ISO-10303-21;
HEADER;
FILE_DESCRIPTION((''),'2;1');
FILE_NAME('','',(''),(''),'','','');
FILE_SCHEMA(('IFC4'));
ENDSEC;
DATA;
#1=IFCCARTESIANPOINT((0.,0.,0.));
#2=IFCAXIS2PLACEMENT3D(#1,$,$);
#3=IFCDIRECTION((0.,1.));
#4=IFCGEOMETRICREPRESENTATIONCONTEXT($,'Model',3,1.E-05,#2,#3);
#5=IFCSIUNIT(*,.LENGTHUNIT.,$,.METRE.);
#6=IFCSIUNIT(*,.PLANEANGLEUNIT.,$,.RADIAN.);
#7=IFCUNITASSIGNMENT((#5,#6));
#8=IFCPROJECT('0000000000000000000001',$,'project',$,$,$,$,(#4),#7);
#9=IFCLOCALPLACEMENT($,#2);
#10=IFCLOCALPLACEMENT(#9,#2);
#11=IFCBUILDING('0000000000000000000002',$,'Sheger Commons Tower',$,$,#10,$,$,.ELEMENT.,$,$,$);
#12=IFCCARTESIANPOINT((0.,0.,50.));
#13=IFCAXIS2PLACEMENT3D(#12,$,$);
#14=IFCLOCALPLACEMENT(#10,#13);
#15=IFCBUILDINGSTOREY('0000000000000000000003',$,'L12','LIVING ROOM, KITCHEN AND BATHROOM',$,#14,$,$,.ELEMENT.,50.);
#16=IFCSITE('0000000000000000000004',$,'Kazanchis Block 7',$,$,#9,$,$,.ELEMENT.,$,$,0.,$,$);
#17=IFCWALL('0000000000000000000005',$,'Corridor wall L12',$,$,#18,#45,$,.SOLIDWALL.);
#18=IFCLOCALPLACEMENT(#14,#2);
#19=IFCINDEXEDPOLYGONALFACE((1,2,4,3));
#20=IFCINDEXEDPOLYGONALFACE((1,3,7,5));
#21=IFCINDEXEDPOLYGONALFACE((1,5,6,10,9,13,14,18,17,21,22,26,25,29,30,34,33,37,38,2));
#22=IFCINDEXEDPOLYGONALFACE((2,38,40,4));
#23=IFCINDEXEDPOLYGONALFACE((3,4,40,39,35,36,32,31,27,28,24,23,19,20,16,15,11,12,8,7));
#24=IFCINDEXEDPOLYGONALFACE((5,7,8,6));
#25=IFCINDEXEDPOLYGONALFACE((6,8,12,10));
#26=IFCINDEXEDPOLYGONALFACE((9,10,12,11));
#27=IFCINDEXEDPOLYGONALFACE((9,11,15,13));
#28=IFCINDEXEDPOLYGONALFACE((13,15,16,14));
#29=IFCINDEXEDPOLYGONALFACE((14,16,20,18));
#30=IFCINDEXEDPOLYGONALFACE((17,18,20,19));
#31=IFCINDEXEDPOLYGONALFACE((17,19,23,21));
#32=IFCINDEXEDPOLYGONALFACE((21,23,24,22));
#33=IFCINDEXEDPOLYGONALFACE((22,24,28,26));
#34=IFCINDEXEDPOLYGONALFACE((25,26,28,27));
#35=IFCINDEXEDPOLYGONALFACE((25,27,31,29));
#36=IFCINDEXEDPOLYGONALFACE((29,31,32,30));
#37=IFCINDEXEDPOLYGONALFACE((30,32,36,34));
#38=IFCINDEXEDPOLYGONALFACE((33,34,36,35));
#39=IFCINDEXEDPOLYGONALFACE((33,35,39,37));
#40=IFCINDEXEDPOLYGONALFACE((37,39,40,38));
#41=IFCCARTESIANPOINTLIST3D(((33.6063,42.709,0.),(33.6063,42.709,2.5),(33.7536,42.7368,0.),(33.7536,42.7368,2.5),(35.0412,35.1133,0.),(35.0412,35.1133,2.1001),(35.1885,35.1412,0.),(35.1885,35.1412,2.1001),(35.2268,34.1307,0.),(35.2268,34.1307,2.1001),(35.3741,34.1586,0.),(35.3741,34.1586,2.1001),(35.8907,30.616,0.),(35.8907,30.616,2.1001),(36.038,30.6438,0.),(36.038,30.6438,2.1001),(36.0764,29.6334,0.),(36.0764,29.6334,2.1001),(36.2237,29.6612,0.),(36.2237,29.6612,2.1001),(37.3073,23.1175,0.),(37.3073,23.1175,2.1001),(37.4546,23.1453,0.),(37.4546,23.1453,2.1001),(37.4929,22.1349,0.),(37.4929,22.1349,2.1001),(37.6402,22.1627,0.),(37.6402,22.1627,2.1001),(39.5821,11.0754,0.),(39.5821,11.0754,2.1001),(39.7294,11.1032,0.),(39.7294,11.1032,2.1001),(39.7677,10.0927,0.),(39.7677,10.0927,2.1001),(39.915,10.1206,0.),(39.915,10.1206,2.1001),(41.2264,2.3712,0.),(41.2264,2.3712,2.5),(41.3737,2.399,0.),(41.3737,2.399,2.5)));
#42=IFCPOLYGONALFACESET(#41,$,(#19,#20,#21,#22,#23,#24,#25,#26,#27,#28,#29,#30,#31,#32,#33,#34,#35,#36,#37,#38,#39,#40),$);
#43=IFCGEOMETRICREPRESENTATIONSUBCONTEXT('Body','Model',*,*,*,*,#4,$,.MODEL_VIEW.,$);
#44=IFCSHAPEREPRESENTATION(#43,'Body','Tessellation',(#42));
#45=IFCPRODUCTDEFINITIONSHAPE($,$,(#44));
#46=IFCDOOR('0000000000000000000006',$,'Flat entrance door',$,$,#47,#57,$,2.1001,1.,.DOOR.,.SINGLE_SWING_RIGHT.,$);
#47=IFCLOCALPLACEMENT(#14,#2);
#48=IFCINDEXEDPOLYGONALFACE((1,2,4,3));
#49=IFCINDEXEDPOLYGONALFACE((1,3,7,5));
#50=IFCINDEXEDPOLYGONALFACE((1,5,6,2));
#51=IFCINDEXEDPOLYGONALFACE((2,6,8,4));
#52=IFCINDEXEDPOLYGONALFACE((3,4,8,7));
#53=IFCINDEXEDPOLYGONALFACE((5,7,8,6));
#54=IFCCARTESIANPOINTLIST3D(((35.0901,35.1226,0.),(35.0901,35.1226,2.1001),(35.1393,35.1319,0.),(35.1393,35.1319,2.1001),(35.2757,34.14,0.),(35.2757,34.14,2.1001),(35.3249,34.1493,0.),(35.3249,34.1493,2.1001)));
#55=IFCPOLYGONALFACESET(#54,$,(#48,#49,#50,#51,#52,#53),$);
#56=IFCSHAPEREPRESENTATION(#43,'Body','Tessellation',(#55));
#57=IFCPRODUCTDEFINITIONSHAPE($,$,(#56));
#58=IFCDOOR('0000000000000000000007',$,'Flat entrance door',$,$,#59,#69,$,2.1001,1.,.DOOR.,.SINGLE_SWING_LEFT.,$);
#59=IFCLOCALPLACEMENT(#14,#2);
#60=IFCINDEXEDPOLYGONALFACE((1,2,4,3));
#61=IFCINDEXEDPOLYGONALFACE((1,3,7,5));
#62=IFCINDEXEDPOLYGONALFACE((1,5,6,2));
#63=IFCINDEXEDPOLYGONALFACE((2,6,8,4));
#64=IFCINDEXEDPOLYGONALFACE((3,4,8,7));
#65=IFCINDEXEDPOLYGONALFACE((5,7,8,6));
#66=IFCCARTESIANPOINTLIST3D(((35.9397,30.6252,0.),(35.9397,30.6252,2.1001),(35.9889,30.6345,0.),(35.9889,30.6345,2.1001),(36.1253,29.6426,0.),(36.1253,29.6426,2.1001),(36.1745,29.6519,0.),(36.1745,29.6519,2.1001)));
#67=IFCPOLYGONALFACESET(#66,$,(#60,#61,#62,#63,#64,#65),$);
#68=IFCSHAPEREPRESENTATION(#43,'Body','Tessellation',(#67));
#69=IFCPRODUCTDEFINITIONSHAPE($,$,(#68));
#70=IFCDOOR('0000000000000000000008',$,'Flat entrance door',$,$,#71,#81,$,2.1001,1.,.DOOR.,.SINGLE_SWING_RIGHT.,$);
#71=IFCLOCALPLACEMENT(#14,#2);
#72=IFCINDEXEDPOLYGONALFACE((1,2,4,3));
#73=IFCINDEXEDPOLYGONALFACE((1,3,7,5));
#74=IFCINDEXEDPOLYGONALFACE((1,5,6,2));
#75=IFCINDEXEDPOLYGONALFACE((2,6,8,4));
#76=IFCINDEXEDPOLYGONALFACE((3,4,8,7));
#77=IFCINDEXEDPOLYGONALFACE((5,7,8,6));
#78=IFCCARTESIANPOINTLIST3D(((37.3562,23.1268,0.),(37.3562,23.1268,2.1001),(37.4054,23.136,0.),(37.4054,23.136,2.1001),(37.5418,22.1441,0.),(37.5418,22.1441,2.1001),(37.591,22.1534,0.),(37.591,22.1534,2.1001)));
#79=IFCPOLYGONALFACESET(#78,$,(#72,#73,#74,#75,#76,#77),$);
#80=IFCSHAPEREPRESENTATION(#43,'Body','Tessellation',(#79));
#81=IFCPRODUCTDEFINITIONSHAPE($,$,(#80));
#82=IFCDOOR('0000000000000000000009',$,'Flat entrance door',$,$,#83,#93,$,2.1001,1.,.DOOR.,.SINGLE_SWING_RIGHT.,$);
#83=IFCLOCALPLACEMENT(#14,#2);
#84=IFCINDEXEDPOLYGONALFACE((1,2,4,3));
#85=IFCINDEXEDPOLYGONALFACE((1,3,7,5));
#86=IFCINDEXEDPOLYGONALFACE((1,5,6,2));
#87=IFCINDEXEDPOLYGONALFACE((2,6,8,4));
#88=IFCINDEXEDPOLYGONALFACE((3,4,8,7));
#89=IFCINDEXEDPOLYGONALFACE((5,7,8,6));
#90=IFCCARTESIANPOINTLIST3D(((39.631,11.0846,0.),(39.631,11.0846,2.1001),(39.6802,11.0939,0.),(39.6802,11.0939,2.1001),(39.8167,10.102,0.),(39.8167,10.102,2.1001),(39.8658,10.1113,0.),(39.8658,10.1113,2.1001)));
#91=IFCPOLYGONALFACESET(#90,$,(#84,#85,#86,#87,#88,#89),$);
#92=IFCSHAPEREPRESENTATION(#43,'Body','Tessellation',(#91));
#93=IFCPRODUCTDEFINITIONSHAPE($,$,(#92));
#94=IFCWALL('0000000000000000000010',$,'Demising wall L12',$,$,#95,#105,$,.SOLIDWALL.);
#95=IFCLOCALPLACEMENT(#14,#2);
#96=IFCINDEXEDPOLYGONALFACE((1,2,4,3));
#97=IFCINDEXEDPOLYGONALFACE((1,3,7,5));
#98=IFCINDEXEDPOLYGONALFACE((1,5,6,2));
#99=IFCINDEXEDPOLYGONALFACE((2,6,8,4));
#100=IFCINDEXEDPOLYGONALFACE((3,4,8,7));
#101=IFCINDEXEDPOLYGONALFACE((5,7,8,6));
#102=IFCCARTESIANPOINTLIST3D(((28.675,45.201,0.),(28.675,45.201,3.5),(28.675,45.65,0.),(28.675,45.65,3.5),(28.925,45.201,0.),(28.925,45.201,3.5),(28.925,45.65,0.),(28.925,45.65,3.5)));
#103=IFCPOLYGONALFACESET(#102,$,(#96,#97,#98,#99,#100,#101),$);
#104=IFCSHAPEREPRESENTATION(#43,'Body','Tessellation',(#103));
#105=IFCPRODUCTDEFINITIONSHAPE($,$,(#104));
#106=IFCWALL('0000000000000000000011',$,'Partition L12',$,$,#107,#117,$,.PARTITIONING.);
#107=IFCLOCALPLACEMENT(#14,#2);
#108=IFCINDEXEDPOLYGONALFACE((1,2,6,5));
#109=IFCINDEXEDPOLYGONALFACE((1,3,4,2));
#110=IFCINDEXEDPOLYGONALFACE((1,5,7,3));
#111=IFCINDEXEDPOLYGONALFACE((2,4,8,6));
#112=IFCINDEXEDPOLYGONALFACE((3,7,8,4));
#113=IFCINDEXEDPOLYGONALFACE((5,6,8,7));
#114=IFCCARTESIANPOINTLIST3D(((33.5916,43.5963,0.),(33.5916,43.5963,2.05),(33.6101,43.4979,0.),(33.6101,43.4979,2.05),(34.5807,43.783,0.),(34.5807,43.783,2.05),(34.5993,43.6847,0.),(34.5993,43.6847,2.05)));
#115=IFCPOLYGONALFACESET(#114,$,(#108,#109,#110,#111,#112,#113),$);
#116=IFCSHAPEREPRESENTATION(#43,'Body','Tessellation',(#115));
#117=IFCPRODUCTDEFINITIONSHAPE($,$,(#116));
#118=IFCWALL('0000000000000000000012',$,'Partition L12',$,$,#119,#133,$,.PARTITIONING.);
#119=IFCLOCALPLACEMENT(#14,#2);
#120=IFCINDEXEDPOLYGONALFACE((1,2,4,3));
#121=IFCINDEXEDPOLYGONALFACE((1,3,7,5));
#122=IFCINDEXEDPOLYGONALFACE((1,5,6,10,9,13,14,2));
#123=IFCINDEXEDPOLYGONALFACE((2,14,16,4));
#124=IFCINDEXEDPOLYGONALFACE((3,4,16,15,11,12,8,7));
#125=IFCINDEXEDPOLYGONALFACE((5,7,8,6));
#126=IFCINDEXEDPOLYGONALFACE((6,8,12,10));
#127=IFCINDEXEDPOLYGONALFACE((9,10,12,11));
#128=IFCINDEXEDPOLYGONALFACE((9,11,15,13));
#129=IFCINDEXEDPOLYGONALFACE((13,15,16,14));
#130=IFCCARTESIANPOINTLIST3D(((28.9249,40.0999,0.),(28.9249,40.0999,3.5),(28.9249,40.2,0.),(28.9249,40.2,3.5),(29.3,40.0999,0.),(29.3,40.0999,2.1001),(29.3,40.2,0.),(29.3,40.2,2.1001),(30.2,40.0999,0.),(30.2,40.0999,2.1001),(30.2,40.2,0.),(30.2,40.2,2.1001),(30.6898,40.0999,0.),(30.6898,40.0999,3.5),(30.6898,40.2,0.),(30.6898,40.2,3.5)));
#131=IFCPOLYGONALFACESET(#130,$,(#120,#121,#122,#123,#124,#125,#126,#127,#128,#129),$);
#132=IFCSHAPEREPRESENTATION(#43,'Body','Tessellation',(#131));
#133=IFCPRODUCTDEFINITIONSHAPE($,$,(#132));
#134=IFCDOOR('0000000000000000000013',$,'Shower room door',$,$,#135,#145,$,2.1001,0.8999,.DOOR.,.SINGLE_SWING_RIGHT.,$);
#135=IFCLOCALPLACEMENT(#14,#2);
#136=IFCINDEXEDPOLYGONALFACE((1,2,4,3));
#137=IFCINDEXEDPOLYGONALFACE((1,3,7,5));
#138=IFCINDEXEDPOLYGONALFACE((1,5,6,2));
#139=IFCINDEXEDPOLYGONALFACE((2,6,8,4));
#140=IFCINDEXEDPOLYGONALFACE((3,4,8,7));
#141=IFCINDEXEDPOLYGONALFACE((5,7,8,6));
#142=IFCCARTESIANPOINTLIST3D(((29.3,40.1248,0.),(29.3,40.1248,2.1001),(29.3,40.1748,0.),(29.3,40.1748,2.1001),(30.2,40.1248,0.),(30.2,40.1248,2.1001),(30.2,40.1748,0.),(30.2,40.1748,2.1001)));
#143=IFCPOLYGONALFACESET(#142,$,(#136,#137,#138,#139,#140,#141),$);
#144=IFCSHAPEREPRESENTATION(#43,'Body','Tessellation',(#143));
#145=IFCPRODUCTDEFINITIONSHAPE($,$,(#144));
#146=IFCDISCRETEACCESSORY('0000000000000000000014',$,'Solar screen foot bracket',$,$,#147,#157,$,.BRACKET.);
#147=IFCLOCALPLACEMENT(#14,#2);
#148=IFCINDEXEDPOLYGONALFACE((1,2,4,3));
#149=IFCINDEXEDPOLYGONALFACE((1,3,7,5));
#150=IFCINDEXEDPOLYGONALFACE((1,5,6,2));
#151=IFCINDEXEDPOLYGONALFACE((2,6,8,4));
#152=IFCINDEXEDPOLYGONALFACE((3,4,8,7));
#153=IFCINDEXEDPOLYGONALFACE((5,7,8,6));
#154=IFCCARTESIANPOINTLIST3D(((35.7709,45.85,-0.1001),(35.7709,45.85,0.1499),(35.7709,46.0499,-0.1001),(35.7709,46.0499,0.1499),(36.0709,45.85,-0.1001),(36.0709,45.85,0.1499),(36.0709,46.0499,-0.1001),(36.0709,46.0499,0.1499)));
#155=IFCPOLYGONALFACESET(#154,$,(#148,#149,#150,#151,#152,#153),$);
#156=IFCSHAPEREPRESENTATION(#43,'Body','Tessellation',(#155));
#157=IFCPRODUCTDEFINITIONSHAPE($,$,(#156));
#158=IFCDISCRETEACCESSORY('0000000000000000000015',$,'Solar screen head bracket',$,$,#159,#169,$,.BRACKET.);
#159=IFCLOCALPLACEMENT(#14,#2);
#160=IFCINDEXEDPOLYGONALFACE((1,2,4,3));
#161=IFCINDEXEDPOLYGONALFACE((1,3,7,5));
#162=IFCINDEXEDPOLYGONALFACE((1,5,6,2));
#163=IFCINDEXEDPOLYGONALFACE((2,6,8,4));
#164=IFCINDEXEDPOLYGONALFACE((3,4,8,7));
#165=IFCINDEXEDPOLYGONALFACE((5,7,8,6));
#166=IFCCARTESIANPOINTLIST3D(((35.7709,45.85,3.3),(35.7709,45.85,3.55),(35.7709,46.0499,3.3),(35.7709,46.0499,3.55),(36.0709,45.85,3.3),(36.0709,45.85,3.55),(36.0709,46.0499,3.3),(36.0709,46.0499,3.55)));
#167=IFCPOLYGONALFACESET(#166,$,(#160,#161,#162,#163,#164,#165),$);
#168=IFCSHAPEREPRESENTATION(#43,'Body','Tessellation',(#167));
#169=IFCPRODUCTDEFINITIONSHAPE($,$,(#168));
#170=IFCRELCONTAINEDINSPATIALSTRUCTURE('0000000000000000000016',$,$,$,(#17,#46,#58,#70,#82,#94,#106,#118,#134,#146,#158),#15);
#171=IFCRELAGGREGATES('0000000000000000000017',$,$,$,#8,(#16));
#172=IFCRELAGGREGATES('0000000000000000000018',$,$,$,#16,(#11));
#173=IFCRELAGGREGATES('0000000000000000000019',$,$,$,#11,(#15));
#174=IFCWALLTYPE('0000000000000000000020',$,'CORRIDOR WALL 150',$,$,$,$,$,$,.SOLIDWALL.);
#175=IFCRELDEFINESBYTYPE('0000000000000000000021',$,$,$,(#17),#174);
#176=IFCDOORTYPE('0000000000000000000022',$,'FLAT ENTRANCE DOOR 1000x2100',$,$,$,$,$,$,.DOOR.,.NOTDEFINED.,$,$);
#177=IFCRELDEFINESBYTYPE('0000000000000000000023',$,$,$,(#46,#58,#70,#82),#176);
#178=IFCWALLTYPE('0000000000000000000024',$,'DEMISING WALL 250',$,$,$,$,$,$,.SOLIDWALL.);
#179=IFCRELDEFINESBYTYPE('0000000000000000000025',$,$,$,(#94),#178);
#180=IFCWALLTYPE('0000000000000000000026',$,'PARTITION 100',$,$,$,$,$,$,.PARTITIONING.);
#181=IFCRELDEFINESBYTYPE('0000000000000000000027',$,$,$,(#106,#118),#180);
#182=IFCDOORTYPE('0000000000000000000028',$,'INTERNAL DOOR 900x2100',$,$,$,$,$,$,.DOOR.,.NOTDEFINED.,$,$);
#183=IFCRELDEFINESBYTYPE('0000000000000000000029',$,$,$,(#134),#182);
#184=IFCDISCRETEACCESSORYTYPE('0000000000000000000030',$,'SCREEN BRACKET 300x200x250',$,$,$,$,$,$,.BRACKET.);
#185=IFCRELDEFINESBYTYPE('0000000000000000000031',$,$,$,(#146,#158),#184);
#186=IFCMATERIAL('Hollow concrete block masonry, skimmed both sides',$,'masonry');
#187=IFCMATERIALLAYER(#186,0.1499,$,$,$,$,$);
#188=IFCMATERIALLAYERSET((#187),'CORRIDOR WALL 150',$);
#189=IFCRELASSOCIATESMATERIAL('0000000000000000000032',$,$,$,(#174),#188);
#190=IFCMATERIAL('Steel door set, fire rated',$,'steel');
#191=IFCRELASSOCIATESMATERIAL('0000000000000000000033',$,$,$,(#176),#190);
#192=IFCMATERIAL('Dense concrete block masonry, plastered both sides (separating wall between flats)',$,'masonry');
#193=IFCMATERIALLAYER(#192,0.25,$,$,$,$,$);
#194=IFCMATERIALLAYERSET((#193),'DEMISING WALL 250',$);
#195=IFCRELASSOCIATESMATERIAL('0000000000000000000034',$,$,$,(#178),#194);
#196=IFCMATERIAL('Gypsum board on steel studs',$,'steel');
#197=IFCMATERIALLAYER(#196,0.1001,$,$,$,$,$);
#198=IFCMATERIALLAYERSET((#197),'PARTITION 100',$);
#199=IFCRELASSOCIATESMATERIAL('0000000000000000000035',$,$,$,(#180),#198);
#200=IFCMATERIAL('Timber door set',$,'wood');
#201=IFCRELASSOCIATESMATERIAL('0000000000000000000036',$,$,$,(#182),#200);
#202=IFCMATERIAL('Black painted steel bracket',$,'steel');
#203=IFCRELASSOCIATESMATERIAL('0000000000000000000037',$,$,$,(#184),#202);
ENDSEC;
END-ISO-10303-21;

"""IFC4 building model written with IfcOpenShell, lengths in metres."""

from ifc_helpers import new_model, si_unit, direction, frame, frame_2d, origin, origin_2d, place, context, subcontext, project, spatial, rectangle, extrude, material, layer, layer_set, type_object, element, fill, save


model = new_model("IFC4")

# Units and contexts
model_context = context("Model", 3, precision=1e-05, world=origin(), true_north=direction((0.0, 1.0)))
body_context = subcontext(model_context, "Body", "Model", "MODEL_VIEW")
ifc_project = project(units=[si_unit("LENGTHUNIT", "METRE"), si_unit("PLANEANGLEUNIT", "RADIAN")], contexts=[model_context])

# Site, building, storey
site_placement = place(None, origin())
site = spatial("IfcSite", under=ifc_project, at=site_placement, Name="Kazanchis Block 7", CompositionType="ELEMENT", RefElevation=0.0)
building_placement = place(site_placement, origin())
building = spatial("IfcBuilding", under=site, at=building_placement, Name="Sheger Commons Tower", CompositionType="ELEMENT")
storey_placement = place(building_placement, frame((0.0, 0.0, 50.0)))
storey = spatial("IfcBuildingStorey", under=building, at=storey_placement, Name="L12", Description="LIVING ROOM, KITCHEN AND BATHROOM", CompositionType="ELEMENT", Elevation=50.0)

# Shared definitions
ifc_material_1 = material(Name="Hollow concrete block masonry, skimmed both sides", Category="masonry")
ifc_layer_1 = layer(ifc_material_1, 0.1499)
ifc_layer_set_1 = layer_set([ifc_layer_1], Name="CORRIDOR WALL 150")
wall_type_1 = type_object("IfcWallType", Name="CORRIDOR WALL 150", PredefinedType="SOLIDWALL", material=ifc_layer_set_1)

# Wall, openings, doors
wall_1_placement = place(storey_placement, frame((33.6799, 42.7229, 0.0), z_axis=(0.0, 0.0, 1.0), x_axis=(0.185624, -0.982621, 0.0)))
wall_1 = element("IfcWall", 1, at=wall_1_placement, inside=storey, type_object=wall_type_1, Name="Corridor wall L12", PredefinedType="SOLIDWALL", context=body_context, shape_type="SweptSolid", body=[
    extrude(rectangle(XDim=41.0513, YDim=0.1499, at=frame_2d((20.5256, 0.0))), origin(), (0.0, 0.0, 1.0), 2.5),
])
opening_1_placement = place(wall_1_placement, frame((7.73, 0.0, 0.0)))
opening_1 = element("IfcOpeningElement", 2, at=opening_1_placement, cuts=wall_1, PredefinedType="OPENING", context=body_context, shape_type="SweptSolid", body=[
    extrude(rectangle(XDim=1.0, YDim=2.1001, at=frame_2d((0.5, 1.05))), frame((0.0, 0.085, 0.0), z_axis=(0.0, -1.0, 0.0), x_axis=(1.0, 0.0, 0.0)), (0.0, 0.0, 1.0), 0.1699),
])
opening_2_placement = place(wall_1_placement, frame((12.3069, 0.0, 0.0)))
opening_2 = element("IfcOpeningElement", 3, at=opening_2_placement, cuts=wall_1, PredefinedType="OPENING", context=body_context, shape_type="SweptSolid", body=[
    extrude(rectangle(XDim=1.0, YDim=2.1001, at=frame_2d((0.5, 1.05))), frame((0.0, 0.085, 0.0), z_axis=(0.0, -1.0, 0.0), x_axis=(1.0, 0.0, 0.0)), (0.0, 0.0, 1.0), 0.1699),
])
opening_3_placement = place(wall_1_placement, frame((19.938, 0.0, 0.0)))
opening_3 = element("IfcOpeningElement", 4, at=opening_3_placement, cuts=wall_1, PredefinedType="OPENING", context=body_context, shape_type="SweptSolid", body=[
    extrude(rectangle(XDim=1.0, YDim=2.1001, at=frame_2d((0.5, 1.05))), frame((0.0, 0.085, 0.0), z_axis=(0.0, -1.0, 0.0), x_axis=(1.0, 0.0, 0.0)), (0.0, 0.0, 1.0), 0.1699),
])
opening_4_placement = place(wall_1_placement, frame((32.1931, 0.0, 0.0)))
opening_4 = element("IfcOpeningElement", 5, at=opening_4_placement, cuts=wall_1, PredefinedType="OPENING", context=body_context, shape_type="SweptSolid", body=[
    extrude(rectangle(XDim=1.0, YDim=2.1001, at=frame_2d((0.5, 1.05))), frame((0.0, 0.085, 0.0), z_axis=(0.0, -1.0, 0.0), x_axis=(1.0, 0.0, 0.0)), (0.0, 0.0, 1.0), 0.1699),
])
ifc_material_2 = material(Name="Steel door set, fire rated", Category="steel")
door_type_1 = type_object("IfcDoorType", Name="FLAT ENTRANCE DOOR 1000x2100", OperationType="NOTDEFINED", PredefinedType="DOOR", material=ifc_material_2)
door_1_placement = place(opening_1_placement, origin())
door_1 = element("IfcDoor", 6, at=door_1_placement, inside=storey, type_object=door_type_1, Name="Flat entrance door", OperationType="SINGLE_SWING_RIGHT", OverallHeight=2.1001, OverallWidth=1.0, PredefinedType="DOOR", context=body_context, shape_type="SweptSolid", body=[
    extrude(rectangle(XDim=1.0, YDim=2.1001, at=frame_2d((0.5, 1.05))), frame((0.0, 0.0249, 0.0), z_axis=(0.0, -1.0, 0.0), x_axis=(1.0, 0.0, 0.0)), (0.0, 0.0, 1.0), 0.05),
])
fill(opening_1, door_1)
door_2_placement = place(opening_2_placement, origin())
door_2 = element("IfcDoor", 7, at=door_2_placement, inside=storey, type_object=door_type_1, Name="Flat entrance door", OperationType="SINGLE_SWING_LEFT", OverallHeight=2.1001, OverallWidth=1.0, PredefinedType="DOOR", context=body_context, shape_type="SweptSolid", body=[
    extrude(rectangle(XDim=1.0, YDim=2.1001, at=frame_2d((0.5, 1.05))), frame((0.0, 0.0249, 0.0), z_axis=(0.0, -1.0, 0.0), x_axis=(1.0, 0.0, 0.0)), (0.0, 0.0, 1.0), 0.05),
])
fill(opening_2, door_2)
door_3_placement = place(opening_3_placement, origin())
door_3 = element("IfcDoor", 8, at=door_3_placement, inside=storey, type_object=door_type_1, Name="Flat entrance door", OperationType="SINGLE_SWING_RIGHT", OverallHeight=2.1001, OverallWidth=1.0, PredefinedType="DOOR", context=body_context, shape_type="SweptSolid", body=[
    extrude(rectangle(XDim=1.0, YDim=2.1001, at=frame_2d((0.5, 1.05))), frame((0.0, 0.0249, 0.0), z_axis=(0.0, -1.0, 0.0), x_axis=(1.0, 0.0, 0.0)), (0.0, 0.0, 1.0), 0.05),
])
fill(opening_3, door_3)
door_4_placement = place(opening_4_placement, origin())
door_4 = element("IfcDoor", 9, at=door_4_placement, inside=storey, type_object=door_type_1, Name="Flat entrance door", OperationType="SINGLE_SWING_RIGHT", OverallHeight=2.1001, OverallWidth=1.0, PredefinedType="DOOR", context=body_context, shape_type="SweptSolid", body=[
    extrude(rectangle(XDim=1.0, YDim=2.1001, at=frame_2d((0.5, 1.05))), frame((0.0, 0.0249, 0.0), z_axis=(0.0, -1.0, 0.0), x_axis=(1.0, 0.0, 0.0)), (0.0, 0.0, 1.0), 0.05),
])
fill(opening_4, door_4)

# Walls
ifc_material_3 = material(Name="Dense concrete block masonry, plastered both sides (separating wall between flats)", Category="masonry")
ifc_layer_2 = layer(ifc_material_3, 0.25)
ifc_layer_set_2 = layer_set([ifc_layer_2], Name="DEMISING WALL 250")
wall_type_2 = type_object("IfcWallType", Name="DEMISING WALL 250", PredefinedType="SOLIDWALL", material=ifc_layer_set_2)
wall_2_placement = place(storey_placement, frame((28.8, 45.2009, 0.0), z_axis=(0.0, 0.0, 1.0), x_axis=(0.0, 1.0, 0.0)))
element("IfcWall", 10, at=wall_2_placement, inside=storey, type_object=wall_type_2, Name="Demising wall L12", PredefinedType="SOLIDWALL", context=body_context, shape_type="SweptSolid", body=[
    extrude(rectangle(XDim=0.449, YDim=0.25, at=frame_2d((0.2246, 0.0))), origin(), (0.0, 0.0, 1.0), 3.5),
])
ifc_material_4 = material(Name="Gypsum board on steel studs", Category="steel")
ifc_layer_3 = layer(ifc_material_4, 0.1001)
ifc_layer_set_3 = layer_set([ifc_layer_3], Name="PARTITION 100")
wall_type_3 = type_object("IfcWallType", Name="PARTITION 100", PredefinedType="PARTITIONING", material=ifc_layer_set_3)
wall_3_placement = place(storey_placement, frame((34.5901, 43.7339, 0.0), z_axis=(0.0, 0.0, 1.0), x_axis=(-0.982632, -0.185563, 0.0)))
element("IfcWall", 11, at=wall_3_placement, inside=storey, type_object=wall_type_3, Name="Partition L12", PredefinedType="PARTITIONING", context=body_context, shape_type="SweptSolid", body=[
    extrude(rectangle(XDim=1.0066, YDim=0.1001, at=frame_2d((0.5034, 0.0))), origin(), (0.0, 0.0, 1.0), 2.05),
])

# Wall, opening, door
wall_4_placement = place(storey_placement, frame((28.925, 40.1499, 0.0), z_axis=(0.0, 0.0, 1.0), x_axis=(1.0, 0.0, 0.0)))
wall_4 = element("IfcWall", 12, at=wall_4_placement, inside=storey, type_object=wall_type_3, Name="Partition L12", PredefinedType="PARTITIONING", context=body_context, shape_type="SweptSolid", body=[
    extrude(rectangle(XDim=1.7649, YDim=0.1001, at=frame_2d((0.8823, 0.0))), origin(), (0.0, 0.0, 1.0), 3.5),
])
opening_5_placement = place(wall_4_placement, frame((0.375, 0.0, 0.0)))
opening_5 = element("IfcOpeningElement", 13, at=opening_5_placement, cuts=wall_4, PredefinedType="OPENING", context=body_context, shape_type="SweptSolid", body=[
    extrude(rectangle(XDim=0.8999, YDim=2.1001, at=frame_2d((0.45, 1.05))), frame((0.0, 0.0601, 0.0), z_axis=(0.0, -1.0, 0.0), x_axis=(1.0, 0.0, 0.0)), (0.0, 0.0, 1.0), 0.1201),
])
ifc_material_5 = material(Name="Timber door set", Category="wood")
door_type_2 = type_object("IfcDoorType", Name="INTERNAL DOOR 900x2100", OperationType="NOTDEFINED", PredefinedType="DOOR", material=ifc_material_5)
door_5_placement = place(opening_5_placement, origin())
door_5 = element("IfcDoor", 14, at=door_5_placement, inside=storey, type_object=door_type_2, Name="Shower room door", OperationType="SINGLE_SWING_RIGHT", OverallHeight=2.1001, OverallWidth=0.8999, PredefinedType="DOOR", context=body_context, shape_type="SweptSolid", body=[
    extrude(rectangle(XDim=0.8999, YDim=2.1001, at=frame_2d((0.45, 1.05))), frame((0.0, 0.0249, 0.0), z_axis=(0.0, -1.0, 0.0), x_axis=(1.0, 0.0, 0.0)), (0.0, 0.0, 1.0), 0.05),
])
fill(opening_5, door_5)

# Discrete accessories
ifc_material_6 = material(Name="Black painted steel bracket", Category="steel")
discrete_accessory_type = type_object("IfcDiscreteAccessoryType", Name="SCREEN BRACKET 300x200x250", PredefinedType="BRACKET", material=ifc_material_6)
for number, where, z_axis, x_axis, name in (
    (15, (35.9209, 45.95, -0.1001), (0.0, 0.0, 1.0), (-1.0, 0.0, 0.0), "Solar screen foot bracket"),
    (16, (35.9209, 45.95, 3.3), (0.0, 0.0, 1.0), (-1.0, 0.0, 0.0), "Solar screen head bracket"),
):
    element("IfcDiscreteAccessory", number, at=place(storey_placement, frame(where, z_axis=z_axis, x_axis=x_axis)), inside=storey, type_object=discrete_accessory_type, Name=name, PredefinedType="BRACKET", context=body_context, shape_type="SweptSolid", body=[
        extrude(rectangle(XDim=0.3, YDim=0.2, at=origin_2d()), origin(), (0.0, 0.0, 1.0), 0.25),
    ])

save(model, "model.ifc")
